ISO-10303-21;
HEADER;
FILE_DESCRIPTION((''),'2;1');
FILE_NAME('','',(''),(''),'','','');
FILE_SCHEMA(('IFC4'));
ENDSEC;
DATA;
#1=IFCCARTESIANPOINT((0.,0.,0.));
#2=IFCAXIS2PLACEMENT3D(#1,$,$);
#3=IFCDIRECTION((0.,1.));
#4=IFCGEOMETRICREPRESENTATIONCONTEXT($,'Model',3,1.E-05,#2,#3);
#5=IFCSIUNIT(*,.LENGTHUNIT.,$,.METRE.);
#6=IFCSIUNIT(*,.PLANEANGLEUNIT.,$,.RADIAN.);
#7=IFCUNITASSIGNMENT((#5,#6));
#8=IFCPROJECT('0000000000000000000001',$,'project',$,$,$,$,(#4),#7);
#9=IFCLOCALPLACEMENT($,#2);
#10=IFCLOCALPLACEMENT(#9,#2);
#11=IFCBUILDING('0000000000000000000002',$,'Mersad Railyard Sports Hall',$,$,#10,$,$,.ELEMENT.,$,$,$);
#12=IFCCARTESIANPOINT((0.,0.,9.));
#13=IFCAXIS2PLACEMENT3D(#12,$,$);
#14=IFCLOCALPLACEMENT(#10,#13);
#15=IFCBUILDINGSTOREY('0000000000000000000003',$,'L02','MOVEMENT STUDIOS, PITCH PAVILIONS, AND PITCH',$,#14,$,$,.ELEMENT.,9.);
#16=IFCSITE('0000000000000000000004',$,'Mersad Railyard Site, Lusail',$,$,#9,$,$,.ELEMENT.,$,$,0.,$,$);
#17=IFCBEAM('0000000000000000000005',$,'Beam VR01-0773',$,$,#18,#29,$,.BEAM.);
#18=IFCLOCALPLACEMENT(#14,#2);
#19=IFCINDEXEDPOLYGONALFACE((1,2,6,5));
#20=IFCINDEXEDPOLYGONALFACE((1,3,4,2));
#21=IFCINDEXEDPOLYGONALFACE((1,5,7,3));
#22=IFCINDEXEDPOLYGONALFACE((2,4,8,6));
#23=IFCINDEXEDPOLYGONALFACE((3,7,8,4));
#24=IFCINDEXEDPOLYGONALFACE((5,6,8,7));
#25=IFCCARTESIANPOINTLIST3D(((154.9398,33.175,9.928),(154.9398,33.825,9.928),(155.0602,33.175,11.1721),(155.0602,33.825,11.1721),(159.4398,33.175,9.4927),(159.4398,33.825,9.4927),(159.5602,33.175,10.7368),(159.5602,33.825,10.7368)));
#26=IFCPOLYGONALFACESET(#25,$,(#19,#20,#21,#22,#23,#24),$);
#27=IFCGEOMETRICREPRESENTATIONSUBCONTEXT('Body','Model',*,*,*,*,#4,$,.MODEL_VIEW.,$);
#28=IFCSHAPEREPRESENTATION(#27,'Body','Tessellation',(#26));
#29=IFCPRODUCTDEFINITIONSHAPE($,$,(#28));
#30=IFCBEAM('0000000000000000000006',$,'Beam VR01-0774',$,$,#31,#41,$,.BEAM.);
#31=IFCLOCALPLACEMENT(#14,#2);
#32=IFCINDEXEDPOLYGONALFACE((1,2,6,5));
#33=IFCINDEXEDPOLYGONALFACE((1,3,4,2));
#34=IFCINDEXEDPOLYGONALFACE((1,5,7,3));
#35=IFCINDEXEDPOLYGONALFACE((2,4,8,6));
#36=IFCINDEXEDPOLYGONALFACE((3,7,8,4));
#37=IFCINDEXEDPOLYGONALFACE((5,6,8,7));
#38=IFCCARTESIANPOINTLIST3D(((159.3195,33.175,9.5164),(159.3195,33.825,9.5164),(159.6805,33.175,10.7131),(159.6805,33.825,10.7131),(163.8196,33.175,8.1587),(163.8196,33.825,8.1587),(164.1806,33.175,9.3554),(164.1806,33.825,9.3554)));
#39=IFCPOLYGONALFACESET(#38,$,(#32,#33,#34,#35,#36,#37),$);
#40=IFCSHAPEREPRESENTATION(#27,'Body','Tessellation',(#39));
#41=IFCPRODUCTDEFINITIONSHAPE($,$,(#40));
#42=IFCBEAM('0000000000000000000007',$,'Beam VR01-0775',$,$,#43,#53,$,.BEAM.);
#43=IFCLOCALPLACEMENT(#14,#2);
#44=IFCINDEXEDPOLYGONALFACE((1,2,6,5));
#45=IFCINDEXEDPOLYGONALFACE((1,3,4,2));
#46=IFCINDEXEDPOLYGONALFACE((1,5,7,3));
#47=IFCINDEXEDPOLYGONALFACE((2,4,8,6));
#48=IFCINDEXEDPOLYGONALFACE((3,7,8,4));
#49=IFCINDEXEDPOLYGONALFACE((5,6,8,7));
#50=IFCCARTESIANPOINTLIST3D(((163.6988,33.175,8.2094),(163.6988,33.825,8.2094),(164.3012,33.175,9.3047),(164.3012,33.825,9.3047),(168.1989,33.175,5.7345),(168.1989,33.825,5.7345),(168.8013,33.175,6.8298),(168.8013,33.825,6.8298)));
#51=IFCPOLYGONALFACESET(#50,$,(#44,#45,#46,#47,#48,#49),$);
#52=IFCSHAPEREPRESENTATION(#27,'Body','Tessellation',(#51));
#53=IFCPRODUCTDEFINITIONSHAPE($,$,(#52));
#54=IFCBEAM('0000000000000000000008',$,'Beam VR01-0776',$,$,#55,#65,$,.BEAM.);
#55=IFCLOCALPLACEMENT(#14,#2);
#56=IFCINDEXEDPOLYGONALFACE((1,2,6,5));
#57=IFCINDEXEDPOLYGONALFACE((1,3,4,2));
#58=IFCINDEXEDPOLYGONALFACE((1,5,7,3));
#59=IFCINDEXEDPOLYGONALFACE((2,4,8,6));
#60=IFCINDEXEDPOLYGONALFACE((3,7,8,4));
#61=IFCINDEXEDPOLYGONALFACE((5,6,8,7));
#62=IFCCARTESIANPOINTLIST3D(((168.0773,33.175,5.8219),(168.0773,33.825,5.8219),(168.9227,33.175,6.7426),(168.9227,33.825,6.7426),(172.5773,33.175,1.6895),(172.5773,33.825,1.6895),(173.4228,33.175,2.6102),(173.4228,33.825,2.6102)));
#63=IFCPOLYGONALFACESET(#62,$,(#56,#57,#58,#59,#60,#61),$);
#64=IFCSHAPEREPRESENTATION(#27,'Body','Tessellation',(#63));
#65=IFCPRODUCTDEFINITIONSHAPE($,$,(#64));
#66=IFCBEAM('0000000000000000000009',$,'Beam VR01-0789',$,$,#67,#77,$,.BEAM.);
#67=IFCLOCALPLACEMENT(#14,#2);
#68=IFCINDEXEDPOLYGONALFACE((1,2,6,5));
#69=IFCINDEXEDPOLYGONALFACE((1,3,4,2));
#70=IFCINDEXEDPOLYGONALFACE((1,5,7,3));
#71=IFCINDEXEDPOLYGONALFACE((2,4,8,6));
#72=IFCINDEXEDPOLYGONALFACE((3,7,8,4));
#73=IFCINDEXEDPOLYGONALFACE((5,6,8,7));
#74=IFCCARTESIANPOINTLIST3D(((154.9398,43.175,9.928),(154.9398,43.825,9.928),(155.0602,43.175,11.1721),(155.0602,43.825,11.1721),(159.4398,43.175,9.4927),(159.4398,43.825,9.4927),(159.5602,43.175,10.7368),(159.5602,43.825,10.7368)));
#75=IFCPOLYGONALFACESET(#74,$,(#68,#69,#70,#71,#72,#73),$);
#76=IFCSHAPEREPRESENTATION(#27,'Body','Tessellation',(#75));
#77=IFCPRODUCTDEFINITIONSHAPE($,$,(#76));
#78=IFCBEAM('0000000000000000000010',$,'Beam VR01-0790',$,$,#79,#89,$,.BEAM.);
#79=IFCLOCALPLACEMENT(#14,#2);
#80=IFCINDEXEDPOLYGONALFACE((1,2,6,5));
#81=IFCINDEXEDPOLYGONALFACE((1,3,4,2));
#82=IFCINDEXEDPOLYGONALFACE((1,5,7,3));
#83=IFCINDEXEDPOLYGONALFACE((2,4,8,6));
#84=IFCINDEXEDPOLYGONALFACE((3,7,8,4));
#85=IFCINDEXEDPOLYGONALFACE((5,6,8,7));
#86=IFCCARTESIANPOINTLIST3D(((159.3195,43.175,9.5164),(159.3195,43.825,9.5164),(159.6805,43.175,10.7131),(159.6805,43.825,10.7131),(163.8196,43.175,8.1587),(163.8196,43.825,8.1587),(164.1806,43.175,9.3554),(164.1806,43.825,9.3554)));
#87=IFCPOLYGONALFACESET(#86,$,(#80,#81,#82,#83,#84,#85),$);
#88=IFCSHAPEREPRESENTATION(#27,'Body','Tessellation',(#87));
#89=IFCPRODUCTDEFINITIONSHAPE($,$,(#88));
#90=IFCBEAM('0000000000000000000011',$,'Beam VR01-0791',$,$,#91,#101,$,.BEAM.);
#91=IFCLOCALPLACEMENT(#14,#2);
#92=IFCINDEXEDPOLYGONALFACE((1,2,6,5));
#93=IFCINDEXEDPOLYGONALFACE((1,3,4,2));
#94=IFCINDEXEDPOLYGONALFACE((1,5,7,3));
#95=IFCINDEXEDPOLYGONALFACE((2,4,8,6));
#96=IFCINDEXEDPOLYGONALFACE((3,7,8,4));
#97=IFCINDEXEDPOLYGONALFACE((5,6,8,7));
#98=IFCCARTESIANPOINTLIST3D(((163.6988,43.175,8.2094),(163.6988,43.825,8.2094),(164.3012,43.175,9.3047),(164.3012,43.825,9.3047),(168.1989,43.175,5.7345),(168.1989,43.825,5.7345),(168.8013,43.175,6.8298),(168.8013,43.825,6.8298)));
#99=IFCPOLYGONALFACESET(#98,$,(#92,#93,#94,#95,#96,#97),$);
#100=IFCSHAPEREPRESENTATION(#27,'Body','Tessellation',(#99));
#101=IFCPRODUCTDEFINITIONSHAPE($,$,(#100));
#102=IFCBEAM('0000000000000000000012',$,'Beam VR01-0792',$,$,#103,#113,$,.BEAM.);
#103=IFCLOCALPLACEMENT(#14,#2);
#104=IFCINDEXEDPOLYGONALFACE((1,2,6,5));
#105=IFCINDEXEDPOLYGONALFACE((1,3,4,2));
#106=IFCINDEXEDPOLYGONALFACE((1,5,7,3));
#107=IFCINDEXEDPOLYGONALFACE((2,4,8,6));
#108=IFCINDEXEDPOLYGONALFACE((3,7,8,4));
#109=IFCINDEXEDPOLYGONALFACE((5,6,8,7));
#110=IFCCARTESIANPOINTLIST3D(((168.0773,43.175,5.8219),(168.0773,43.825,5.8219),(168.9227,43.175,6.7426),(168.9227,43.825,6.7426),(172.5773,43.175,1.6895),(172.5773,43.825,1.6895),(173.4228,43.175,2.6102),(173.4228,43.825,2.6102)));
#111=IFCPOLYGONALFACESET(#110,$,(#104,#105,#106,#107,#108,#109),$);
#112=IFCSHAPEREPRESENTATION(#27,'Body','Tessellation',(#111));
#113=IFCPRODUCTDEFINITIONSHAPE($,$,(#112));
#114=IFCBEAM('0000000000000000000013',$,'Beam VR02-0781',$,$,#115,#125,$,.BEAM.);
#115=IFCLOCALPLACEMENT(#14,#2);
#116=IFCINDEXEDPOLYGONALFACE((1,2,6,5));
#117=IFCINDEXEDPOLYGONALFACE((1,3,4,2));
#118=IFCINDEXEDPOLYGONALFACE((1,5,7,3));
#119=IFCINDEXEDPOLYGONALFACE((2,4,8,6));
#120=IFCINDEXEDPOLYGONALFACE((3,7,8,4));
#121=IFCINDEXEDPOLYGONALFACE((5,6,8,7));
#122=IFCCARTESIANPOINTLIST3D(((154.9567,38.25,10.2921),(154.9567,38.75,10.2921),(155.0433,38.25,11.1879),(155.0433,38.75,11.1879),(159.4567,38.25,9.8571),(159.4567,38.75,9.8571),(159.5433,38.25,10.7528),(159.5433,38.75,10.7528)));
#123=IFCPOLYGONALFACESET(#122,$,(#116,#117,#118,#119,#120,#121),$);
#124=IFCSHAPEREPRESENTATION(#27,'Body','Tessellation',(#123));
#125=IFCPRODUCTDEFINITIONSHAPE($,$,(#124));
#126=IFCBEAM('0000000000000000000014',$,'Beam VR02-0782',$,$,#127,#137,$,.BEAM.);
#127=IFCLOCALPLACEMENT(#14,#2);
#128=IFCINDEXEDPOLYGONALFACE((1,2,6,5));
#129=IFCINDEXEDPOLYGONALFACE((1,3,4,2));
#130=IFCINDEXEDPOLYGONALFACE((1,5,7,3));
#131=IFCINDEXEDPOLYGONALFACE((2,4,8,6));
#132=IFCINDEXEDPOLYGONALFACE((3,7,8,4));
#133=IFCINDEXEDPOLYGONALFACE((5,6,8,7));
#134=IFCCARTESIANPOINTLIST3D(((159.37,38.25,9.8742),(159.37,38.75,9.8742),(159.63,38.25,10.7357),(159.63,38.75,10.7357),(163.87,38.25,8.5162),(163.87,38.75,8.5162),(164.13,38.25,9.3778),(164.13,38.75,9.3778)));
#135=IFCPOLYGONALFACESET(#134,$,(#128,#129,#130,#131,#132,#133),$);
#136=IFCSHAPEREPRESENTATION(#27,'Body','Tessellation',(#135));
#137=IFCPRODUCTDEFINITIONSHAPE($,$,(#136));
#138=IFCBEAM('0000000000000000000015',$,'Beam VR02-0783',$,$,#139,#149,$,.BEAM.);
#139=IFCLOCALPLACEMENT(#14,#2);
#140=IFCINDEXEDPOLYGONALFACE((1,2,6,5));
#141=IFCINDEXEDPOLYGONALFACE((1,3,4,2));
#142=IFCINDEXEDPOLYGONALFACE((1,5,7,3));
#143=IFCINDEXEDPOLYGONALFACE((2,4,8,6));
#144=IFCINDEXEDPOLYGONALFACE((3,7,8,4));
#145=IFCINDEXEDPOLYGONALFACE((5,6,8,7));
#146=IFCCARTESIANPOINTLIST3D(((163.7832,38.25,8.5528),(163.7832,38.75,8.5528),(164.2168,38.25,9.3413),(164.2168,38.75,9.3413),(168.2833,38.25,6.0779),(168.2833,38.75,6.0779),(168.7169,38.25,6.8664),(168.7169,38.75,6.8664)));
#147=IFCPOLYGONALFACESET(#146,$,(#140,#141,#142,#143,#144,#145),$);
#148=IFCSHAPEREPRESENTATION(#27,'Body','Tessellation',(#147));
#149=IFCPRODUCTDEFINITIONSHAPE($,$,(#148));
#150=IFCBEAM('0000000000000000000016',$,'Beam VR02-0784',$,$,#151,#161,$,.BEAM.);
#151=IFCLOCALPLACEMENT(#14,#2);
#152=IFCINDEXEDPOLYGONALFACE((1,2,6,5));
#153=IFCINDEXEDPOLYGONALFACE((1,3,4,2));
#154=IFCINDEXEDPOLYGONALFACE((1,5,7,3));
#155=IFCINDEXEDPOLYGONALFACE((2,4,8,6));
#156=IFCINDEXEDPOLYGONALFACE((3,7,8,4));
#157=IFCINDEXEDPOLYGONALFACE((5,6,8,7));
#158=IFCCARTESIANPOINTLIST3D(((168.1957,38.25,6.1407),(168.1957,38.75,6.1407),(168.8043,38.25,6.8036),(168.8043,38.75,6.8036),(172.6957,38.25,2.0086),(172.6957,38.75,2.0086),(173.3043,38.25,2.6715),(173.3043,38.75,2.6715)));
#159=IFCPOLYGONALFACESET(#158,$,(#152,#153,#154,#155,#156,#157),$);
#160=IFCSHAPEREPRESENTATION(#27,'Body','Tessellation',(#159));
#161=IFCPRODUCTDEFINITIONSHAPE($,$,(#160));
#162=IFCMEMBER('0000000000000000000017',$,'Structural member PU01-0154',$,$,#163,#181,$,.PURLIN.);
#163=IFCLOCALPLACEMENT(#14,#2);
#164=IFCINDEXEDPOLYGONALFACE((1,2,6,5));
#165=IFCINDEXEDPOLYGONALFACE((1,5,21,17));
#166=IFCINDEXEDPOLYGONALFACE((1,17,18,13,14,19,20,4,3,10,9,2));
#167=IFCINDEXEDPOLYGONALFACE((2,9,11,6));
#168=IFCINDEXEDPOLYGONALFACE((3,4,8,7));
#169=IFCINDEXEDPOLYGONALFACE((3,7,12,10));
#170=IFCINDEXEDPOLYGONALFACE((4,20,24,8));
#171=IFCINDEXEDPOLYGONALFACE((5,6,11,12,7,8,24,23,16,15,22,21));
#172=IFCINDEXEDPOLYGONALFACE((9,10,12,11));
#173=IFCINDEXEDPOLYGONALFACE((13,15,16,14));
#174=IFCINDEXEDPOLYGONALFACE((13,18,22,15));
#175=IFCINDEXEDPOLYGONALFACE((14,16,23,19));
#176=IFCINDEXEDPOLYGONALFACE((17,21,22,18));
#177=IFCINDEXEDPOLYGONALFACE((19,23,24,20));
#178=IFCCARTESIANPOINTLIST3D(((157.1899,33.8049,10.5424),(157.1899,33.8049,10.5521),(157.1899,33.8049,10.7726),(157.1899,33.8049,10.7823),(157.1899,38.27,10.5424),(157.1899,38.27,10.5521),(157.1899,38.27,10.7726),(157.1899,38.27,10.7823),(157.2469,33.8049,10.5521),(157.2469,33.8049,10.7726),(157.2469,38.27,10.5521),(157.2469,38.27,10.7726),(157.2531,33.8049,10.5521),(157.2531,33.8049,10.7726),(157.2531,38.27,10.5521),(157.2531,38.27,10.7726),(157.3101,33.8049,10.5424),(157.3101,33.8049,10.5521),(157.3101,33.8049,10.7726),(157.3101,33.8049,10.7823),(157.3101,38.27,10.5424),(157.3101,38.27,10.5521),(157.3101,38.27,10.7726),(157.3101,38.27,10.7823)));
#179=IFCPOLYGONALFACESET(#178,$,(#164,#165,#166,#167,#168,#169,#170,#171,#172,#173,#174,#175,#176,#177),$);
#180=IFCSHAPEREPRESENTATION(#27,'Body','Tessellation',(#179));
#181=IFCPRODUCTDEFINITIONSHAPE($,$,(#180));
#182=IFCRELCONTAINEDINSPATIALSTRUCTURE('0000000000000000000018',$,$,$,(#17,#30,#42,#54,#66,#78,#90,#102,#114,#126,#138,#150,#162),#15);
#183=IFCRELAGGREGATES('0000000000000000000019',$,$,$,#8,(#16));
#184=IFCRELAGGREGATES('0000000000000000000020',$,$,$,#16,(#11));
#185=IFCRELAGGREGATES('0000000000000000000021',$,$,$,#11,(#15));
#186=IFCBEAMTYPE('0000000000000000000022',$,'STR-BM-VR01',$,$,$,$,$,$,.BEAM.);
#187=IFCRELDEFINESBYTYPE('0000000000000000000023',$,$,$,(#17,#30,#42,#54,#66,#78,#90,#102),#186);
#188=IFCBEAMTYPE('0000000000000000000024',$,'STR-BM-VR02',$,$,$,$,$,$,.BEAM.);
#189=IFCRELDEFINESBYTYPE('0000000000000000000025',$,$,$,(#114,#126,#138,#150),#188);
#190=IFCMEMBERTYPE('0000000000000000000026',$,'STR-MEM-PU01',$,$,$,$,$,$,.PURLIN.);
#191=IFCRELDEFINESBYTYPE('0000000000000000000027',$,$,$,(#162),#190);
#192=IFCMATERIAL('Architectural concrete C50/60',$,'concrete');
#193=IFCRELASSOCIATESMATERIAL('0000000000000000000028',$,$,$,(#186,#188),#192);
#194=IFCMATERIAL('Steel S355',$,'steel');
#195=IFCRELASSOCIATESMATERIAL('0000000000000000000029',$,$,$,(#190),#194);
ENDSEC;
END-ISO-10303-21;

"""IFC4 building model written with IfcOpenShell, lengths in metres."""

from ifc_helpers import new_model, si_unit, direction, frame, origin, origin_2d, place, context, subcontext, project, spatial, rectangle, i_section, extrude, material, material_profile, profile_set, type_object, element, save


model = new_model("IFC4")

# Units and contexts
model_context = context("Model", 3, precision=1e-05, world=origin(), true_north=direction((0.0, 1.0)))
body_context = subcontext(model_context, "Body", "Model", "MODEL_VIEW")
ifc_project = project(units=[si_unit("LENGTHUNIT", "METRE"), si_unit("PLANEANGLEUNIT", "RADIAN")], contexts=[model_context])

# Site, building, storey
site_placement = place(None, origin())
site = spatial("IfcSite", under=ifc_project, at=site_placement, Name="Mersad Railyard Site, Lusail", CompositionType="ELEMENT", RefElevation=0.0)
building_placement = place(site_placement, origin())
building = spatial("IfcBuilding", under=site, at=building_placement, Name="Mersad Railyard Sports Hall", CompositionType="ELEMENT")
storey_placement = place(building_placement, frame((0.0, 0.0, 9.0)))
storey = spatial("IfcBuildingStorey", under=building, at=storey_placement, Name="L02", Description="MOVEMENT STUDIOS, PITCH PAVILIONS, AND PITCH", CompositionType="ELEMENT", Elevation=9.0)

# Beams
ifc_material_1 = material(Name="Architectural concrete C50/60", Category="concrete")
ifc_material_profile_1 = material_profile(ifc_material_1, rectangle(XDim=0.6499, YDim=1.25, at=origin_2d()), Name="VR 650x1250")
ifc_profile_set_1 = profile_set([ifc_material_profile_1], Name="Architectural concrete C50/60")
beam_type_1 = type_object("IfcBeamType", Name="STR-BM-VR01", PredefinedType="BEAM", material=ifc_profile_set_1)
beam_1_placement = place(storey_placement, frame((155.0, 33.5, 10.55), z_axis=(0.995354, 0.0, -0.096285), x_axis=(0.0, 1.0, 0.0)))
element("IfcBeam", 1, at=beam_1_placement, inside=storey, type_object=beam_type_1, Name="Beam VR01-0773", PredefinedType="BEAM", context=body_context, shape_type="SweptSolid", body=[
    extrude(rectangle(XDim=0.6499, YDim=1.25, at=origin_2d()), origin(), (0.0, 0.0, 1.0), 4.521),
])
beam_2_placement = place(storey_placement, frame((159.5, 33.5, 10.1147), z_axis=(0.957376, 0.0, -0.288844), x_axis=(0.0, 1.0, 0.0)))
element("IfcBeam", 2, at=beam_2_placement, inside=storey, type_object=beam_type_1, Name="Beam VR01-0774", PredefinedType="BEAM", context=body_context, shape_type="SweptSolid", body=[
    extrude(rectangle(XDim=0.6499, YDim=1.25, at=origin_2d()), origin(), (0.0, 0.0, 1.0), 4.7004),
])
beam_3_placement = place(storey_placement, frame((164.0, 33.5, 8.7571), z_axis=(0.876228, 0.0, -0.481897), x_axis=(0.0, 1.0, 0.0)))
element("IfcBeam", 3, at=beam_3_placement, inside=storey, type_object=beam_type_1, Name="Beam VR01-0775", PredefinedType="BEAM", context=body_context, shape_type="SweptSolid", body=[
    extrude(rectangle(XDim=0.6499, YDim=1.25, at=origin_2d()), origin(), (0.0, 0.0, 1.0), 5.1357),
])
beam_4_placement = place(storey_placement, frame((168.5, 33.5, 6.2822), z_axis=(0.736557, 0.0, -0.676376), x_axis=(0.0, 1.0, 0.0)))
element("IfcBeam", 4, at=beam_4_placement, inside=storey, type_object=beam_type_1, Name="Beam VR01-0776", PredefinedType="BEAM", context=body_context, shape_type="SweptSolid", body=[
    extrude(rectangle(XDim=0.6499, YDim=1.25, at=origin_2d()), origin(), (0.0, 0.0, 1.0), 6.1096),
])
beam_5_placement = place(storey_placement, frame((155.0, 43.5, 10.55), z_axis=(0.995354, 0.0, -0.096285), x_axis=(0.0, 1.0, 0.0)))
element("IfcBeam", 5, at=beam_5_placement, inside=storey, type_object=beam_type_1, Name="Beam VR01-0789", PredefinedType="BEAM", context=body_context, shape_type="SweptSolid", body=[
    extrude(rectangle(XDim=0.6499, YDim=1.25, at=origin_2d()), origin(), (0.0, 0.0, 1.0), 4.521),
])
beam_6_placement = place(storey_placement, frame((159.5, 43.5, 10.1147), z_axis=(0.957376, 0.0, -0.288844), x_axis=(0.0, 1.0, 0.0)))
element("IfcBeam", 6, at=beam_6_placement, inside=storey, type_object=beam_type_1, Name="Beam VR01-0790", PredefinedType="BEAM", context=body_context, shape_type="SweptSolid", body=[
    extrude(rectangle(XDim=0.6499, YDim=1.25, at=origin_2d()), origin(), (0.0, 0.0, 1.0), 4.7004),
])
beam_7_placement = place(storey_placement, frame((164.0, 43.5, 8.7571), z_axis=(0.876228, 0.0, -0.481897), x_axis=(0.0, 1.0, 0.0)))
element("IfcBeam", 7, at=beam_7_placement, inside=storey, type_object=beam_type_1, Name="Beam VR01-0791", PredefinedType="BEAM", context=body_context, shape_type="SweptSolid", body=[
    extrude(rectangle(XDim=0.6499, YDim=1.25, at=origin_2d()), origin(), (0.0, 0.0, 1.0), 5.1357),
])
beam_8_placement = place(storey_placement, frame((168.5, 43.5, 6.2822), z_axis=(0.736557, 0.0, -0.676376), x_axis=(0.0, 1.0, 0.0)))
element("IfcBeam", 8, at=beam_8_placement, inside=storey, type_object=beam_type_1, Name="Beam VR01-0792", PredefinedType="BEAM", context=body_context, shape_type="SweptSolid", body=[
    extrude(rectangle(XDim=0.6499, YDim=1.25, at=origin_2d()), origin(), (0.0, 0.0, 1.0), 6.1096),
])
ifc_material_profile_2 = material_profile(ifc_material_1, rectangle(XDim=0.5, YDim=0.8999, at=origin_2d()), Name="VR 500x900")
ifc_profile_set_2 = profile_set([ifc_material_profile_2], Name="Architectural concrete C50/60")
beam_type_2 = type_object("IfcBeamType", Name="STR-BM-VR02", PredefinedType="BEAM", material=ifc_profile_set_2)
beam_9_placement = place(storey_placement, frame((155.0, 38.5, 10.74), z_axis=(0.995359, 0.0, -0.096231), x_axis=(0.0, 1.0, 0.0)))
element("IfcBeam", 9, at=beam_9_placement, inside=storey, type_object=beam_type_2, Name="Beam VR02-0781", PredefinedType="BEAM", context=body_context, shape_type="SweptSolid", body=[
    extrude(rectangle(XDim=0.5, YDim=0.8999, at=origin_2d()), origin(), (0.0, 0.0, 1.0), 4.521),
])
beam_10_placement = place(storey_placement, frame((159.5, 38.5, 10.3049), z_axis=(0.957362, 0.0, -0.288891), x_axis=(0.0, 1.0, 0.0)))
element("IfcBeam", 10, at=beam_10_placement, inside=storey, type_object=beam_type_2, Name="Beam VR02-0782", PredefinedType="BEAM", context=body_context, shape_type="SweptSolid", body=[
    extrude(rectangle(XDim=0.5, YDim=0.8999, at=origin_2d()), origin(), (0.0, 0.0, 1.0), 4.7004),
])
beam_11_placement = place(storey_placement, frame((164.0, 38.5, 8.947), z_axis=(0.876228, 0.0, -0.481897), x_axis=(0.0, 1.0, 0.0)))
element("IfcBeam", 11, at=beam_11_placement, inside=storey, type_object=beam_type_2, Name="Beam VR02-0783", PredefinedType="BEAM", context=body_context, shape_type="SweptSolid", body=[
    extrude(rectangle(XDim=0.5, YDim=0.8999, at=origin_2d()), origin(), (0.0, 0.0, 1.0), 5.1357),
])
beam_12_placement = place(storey_placement, frame((168.5, 38.5, 6.4722), z_axis=(0.736577, 0.0, -0.676354), x_axis=(0.0, 1.0, 0.0)))
element("IfcBeam", 12, at=beam_12_placement, inside=storey, type_object=beam_type_2, Name="Beam VR02-0784", PredefinedType="BEAM", context=body_context, shape_type="SweptSolid", body=[
    extrude(rectangle(XDim=0.5, YDim=0.8999, at=origin_2d()), origin(), (0.0, 0.0, 1.0), 6.1094),
])

# Member
ifc_material_2 = material(Name="Steel S355", Category="steel")
ifc_material_profile_3 = material_profile(ifc_material_2, i_section(OverallWidth=0.1201, OverallDepth=0.24, WebThickness=0.0061, FlangeThickness=0.0098, at=origin_2d()), Name="IPE 240")
ifc_profile_set_3 = profile_set([ifc_material_profile_3], Name="Steel S355")
member_type_1 = type_object("IfcMemberType", Name="STR-MEM-PU01", PredefinedType="PURLIN", material=ifc_profile_set_3)
for number, where, z_axis, x_axis, name in (
    (13, (157.25, 33.8049, 10.6624), (0.0, 1.0, 0.0), (-1.0, 0.0, 0.0), "Structural member PU01-0154"),
):
    element("IfcMember", number, at=place(storey_placement, frame(where, z_axis=z_axis, x_axis=x_axis)), inside=storey, type_object=member_type_1, Name=name, PredefinedType="PURLIN", context=body_context, shape_type="SweptSolid", body=[
        extrude(i_section(OverallWidth=0.1201, OverallDepth=0.24, WebThickness=0.0061, FlangeThickness=0.0098, at=origin_2d()), origin(), (0.0, 0.0, 1.0), 4.4651),
    ])

save(model, "model.ifc")
